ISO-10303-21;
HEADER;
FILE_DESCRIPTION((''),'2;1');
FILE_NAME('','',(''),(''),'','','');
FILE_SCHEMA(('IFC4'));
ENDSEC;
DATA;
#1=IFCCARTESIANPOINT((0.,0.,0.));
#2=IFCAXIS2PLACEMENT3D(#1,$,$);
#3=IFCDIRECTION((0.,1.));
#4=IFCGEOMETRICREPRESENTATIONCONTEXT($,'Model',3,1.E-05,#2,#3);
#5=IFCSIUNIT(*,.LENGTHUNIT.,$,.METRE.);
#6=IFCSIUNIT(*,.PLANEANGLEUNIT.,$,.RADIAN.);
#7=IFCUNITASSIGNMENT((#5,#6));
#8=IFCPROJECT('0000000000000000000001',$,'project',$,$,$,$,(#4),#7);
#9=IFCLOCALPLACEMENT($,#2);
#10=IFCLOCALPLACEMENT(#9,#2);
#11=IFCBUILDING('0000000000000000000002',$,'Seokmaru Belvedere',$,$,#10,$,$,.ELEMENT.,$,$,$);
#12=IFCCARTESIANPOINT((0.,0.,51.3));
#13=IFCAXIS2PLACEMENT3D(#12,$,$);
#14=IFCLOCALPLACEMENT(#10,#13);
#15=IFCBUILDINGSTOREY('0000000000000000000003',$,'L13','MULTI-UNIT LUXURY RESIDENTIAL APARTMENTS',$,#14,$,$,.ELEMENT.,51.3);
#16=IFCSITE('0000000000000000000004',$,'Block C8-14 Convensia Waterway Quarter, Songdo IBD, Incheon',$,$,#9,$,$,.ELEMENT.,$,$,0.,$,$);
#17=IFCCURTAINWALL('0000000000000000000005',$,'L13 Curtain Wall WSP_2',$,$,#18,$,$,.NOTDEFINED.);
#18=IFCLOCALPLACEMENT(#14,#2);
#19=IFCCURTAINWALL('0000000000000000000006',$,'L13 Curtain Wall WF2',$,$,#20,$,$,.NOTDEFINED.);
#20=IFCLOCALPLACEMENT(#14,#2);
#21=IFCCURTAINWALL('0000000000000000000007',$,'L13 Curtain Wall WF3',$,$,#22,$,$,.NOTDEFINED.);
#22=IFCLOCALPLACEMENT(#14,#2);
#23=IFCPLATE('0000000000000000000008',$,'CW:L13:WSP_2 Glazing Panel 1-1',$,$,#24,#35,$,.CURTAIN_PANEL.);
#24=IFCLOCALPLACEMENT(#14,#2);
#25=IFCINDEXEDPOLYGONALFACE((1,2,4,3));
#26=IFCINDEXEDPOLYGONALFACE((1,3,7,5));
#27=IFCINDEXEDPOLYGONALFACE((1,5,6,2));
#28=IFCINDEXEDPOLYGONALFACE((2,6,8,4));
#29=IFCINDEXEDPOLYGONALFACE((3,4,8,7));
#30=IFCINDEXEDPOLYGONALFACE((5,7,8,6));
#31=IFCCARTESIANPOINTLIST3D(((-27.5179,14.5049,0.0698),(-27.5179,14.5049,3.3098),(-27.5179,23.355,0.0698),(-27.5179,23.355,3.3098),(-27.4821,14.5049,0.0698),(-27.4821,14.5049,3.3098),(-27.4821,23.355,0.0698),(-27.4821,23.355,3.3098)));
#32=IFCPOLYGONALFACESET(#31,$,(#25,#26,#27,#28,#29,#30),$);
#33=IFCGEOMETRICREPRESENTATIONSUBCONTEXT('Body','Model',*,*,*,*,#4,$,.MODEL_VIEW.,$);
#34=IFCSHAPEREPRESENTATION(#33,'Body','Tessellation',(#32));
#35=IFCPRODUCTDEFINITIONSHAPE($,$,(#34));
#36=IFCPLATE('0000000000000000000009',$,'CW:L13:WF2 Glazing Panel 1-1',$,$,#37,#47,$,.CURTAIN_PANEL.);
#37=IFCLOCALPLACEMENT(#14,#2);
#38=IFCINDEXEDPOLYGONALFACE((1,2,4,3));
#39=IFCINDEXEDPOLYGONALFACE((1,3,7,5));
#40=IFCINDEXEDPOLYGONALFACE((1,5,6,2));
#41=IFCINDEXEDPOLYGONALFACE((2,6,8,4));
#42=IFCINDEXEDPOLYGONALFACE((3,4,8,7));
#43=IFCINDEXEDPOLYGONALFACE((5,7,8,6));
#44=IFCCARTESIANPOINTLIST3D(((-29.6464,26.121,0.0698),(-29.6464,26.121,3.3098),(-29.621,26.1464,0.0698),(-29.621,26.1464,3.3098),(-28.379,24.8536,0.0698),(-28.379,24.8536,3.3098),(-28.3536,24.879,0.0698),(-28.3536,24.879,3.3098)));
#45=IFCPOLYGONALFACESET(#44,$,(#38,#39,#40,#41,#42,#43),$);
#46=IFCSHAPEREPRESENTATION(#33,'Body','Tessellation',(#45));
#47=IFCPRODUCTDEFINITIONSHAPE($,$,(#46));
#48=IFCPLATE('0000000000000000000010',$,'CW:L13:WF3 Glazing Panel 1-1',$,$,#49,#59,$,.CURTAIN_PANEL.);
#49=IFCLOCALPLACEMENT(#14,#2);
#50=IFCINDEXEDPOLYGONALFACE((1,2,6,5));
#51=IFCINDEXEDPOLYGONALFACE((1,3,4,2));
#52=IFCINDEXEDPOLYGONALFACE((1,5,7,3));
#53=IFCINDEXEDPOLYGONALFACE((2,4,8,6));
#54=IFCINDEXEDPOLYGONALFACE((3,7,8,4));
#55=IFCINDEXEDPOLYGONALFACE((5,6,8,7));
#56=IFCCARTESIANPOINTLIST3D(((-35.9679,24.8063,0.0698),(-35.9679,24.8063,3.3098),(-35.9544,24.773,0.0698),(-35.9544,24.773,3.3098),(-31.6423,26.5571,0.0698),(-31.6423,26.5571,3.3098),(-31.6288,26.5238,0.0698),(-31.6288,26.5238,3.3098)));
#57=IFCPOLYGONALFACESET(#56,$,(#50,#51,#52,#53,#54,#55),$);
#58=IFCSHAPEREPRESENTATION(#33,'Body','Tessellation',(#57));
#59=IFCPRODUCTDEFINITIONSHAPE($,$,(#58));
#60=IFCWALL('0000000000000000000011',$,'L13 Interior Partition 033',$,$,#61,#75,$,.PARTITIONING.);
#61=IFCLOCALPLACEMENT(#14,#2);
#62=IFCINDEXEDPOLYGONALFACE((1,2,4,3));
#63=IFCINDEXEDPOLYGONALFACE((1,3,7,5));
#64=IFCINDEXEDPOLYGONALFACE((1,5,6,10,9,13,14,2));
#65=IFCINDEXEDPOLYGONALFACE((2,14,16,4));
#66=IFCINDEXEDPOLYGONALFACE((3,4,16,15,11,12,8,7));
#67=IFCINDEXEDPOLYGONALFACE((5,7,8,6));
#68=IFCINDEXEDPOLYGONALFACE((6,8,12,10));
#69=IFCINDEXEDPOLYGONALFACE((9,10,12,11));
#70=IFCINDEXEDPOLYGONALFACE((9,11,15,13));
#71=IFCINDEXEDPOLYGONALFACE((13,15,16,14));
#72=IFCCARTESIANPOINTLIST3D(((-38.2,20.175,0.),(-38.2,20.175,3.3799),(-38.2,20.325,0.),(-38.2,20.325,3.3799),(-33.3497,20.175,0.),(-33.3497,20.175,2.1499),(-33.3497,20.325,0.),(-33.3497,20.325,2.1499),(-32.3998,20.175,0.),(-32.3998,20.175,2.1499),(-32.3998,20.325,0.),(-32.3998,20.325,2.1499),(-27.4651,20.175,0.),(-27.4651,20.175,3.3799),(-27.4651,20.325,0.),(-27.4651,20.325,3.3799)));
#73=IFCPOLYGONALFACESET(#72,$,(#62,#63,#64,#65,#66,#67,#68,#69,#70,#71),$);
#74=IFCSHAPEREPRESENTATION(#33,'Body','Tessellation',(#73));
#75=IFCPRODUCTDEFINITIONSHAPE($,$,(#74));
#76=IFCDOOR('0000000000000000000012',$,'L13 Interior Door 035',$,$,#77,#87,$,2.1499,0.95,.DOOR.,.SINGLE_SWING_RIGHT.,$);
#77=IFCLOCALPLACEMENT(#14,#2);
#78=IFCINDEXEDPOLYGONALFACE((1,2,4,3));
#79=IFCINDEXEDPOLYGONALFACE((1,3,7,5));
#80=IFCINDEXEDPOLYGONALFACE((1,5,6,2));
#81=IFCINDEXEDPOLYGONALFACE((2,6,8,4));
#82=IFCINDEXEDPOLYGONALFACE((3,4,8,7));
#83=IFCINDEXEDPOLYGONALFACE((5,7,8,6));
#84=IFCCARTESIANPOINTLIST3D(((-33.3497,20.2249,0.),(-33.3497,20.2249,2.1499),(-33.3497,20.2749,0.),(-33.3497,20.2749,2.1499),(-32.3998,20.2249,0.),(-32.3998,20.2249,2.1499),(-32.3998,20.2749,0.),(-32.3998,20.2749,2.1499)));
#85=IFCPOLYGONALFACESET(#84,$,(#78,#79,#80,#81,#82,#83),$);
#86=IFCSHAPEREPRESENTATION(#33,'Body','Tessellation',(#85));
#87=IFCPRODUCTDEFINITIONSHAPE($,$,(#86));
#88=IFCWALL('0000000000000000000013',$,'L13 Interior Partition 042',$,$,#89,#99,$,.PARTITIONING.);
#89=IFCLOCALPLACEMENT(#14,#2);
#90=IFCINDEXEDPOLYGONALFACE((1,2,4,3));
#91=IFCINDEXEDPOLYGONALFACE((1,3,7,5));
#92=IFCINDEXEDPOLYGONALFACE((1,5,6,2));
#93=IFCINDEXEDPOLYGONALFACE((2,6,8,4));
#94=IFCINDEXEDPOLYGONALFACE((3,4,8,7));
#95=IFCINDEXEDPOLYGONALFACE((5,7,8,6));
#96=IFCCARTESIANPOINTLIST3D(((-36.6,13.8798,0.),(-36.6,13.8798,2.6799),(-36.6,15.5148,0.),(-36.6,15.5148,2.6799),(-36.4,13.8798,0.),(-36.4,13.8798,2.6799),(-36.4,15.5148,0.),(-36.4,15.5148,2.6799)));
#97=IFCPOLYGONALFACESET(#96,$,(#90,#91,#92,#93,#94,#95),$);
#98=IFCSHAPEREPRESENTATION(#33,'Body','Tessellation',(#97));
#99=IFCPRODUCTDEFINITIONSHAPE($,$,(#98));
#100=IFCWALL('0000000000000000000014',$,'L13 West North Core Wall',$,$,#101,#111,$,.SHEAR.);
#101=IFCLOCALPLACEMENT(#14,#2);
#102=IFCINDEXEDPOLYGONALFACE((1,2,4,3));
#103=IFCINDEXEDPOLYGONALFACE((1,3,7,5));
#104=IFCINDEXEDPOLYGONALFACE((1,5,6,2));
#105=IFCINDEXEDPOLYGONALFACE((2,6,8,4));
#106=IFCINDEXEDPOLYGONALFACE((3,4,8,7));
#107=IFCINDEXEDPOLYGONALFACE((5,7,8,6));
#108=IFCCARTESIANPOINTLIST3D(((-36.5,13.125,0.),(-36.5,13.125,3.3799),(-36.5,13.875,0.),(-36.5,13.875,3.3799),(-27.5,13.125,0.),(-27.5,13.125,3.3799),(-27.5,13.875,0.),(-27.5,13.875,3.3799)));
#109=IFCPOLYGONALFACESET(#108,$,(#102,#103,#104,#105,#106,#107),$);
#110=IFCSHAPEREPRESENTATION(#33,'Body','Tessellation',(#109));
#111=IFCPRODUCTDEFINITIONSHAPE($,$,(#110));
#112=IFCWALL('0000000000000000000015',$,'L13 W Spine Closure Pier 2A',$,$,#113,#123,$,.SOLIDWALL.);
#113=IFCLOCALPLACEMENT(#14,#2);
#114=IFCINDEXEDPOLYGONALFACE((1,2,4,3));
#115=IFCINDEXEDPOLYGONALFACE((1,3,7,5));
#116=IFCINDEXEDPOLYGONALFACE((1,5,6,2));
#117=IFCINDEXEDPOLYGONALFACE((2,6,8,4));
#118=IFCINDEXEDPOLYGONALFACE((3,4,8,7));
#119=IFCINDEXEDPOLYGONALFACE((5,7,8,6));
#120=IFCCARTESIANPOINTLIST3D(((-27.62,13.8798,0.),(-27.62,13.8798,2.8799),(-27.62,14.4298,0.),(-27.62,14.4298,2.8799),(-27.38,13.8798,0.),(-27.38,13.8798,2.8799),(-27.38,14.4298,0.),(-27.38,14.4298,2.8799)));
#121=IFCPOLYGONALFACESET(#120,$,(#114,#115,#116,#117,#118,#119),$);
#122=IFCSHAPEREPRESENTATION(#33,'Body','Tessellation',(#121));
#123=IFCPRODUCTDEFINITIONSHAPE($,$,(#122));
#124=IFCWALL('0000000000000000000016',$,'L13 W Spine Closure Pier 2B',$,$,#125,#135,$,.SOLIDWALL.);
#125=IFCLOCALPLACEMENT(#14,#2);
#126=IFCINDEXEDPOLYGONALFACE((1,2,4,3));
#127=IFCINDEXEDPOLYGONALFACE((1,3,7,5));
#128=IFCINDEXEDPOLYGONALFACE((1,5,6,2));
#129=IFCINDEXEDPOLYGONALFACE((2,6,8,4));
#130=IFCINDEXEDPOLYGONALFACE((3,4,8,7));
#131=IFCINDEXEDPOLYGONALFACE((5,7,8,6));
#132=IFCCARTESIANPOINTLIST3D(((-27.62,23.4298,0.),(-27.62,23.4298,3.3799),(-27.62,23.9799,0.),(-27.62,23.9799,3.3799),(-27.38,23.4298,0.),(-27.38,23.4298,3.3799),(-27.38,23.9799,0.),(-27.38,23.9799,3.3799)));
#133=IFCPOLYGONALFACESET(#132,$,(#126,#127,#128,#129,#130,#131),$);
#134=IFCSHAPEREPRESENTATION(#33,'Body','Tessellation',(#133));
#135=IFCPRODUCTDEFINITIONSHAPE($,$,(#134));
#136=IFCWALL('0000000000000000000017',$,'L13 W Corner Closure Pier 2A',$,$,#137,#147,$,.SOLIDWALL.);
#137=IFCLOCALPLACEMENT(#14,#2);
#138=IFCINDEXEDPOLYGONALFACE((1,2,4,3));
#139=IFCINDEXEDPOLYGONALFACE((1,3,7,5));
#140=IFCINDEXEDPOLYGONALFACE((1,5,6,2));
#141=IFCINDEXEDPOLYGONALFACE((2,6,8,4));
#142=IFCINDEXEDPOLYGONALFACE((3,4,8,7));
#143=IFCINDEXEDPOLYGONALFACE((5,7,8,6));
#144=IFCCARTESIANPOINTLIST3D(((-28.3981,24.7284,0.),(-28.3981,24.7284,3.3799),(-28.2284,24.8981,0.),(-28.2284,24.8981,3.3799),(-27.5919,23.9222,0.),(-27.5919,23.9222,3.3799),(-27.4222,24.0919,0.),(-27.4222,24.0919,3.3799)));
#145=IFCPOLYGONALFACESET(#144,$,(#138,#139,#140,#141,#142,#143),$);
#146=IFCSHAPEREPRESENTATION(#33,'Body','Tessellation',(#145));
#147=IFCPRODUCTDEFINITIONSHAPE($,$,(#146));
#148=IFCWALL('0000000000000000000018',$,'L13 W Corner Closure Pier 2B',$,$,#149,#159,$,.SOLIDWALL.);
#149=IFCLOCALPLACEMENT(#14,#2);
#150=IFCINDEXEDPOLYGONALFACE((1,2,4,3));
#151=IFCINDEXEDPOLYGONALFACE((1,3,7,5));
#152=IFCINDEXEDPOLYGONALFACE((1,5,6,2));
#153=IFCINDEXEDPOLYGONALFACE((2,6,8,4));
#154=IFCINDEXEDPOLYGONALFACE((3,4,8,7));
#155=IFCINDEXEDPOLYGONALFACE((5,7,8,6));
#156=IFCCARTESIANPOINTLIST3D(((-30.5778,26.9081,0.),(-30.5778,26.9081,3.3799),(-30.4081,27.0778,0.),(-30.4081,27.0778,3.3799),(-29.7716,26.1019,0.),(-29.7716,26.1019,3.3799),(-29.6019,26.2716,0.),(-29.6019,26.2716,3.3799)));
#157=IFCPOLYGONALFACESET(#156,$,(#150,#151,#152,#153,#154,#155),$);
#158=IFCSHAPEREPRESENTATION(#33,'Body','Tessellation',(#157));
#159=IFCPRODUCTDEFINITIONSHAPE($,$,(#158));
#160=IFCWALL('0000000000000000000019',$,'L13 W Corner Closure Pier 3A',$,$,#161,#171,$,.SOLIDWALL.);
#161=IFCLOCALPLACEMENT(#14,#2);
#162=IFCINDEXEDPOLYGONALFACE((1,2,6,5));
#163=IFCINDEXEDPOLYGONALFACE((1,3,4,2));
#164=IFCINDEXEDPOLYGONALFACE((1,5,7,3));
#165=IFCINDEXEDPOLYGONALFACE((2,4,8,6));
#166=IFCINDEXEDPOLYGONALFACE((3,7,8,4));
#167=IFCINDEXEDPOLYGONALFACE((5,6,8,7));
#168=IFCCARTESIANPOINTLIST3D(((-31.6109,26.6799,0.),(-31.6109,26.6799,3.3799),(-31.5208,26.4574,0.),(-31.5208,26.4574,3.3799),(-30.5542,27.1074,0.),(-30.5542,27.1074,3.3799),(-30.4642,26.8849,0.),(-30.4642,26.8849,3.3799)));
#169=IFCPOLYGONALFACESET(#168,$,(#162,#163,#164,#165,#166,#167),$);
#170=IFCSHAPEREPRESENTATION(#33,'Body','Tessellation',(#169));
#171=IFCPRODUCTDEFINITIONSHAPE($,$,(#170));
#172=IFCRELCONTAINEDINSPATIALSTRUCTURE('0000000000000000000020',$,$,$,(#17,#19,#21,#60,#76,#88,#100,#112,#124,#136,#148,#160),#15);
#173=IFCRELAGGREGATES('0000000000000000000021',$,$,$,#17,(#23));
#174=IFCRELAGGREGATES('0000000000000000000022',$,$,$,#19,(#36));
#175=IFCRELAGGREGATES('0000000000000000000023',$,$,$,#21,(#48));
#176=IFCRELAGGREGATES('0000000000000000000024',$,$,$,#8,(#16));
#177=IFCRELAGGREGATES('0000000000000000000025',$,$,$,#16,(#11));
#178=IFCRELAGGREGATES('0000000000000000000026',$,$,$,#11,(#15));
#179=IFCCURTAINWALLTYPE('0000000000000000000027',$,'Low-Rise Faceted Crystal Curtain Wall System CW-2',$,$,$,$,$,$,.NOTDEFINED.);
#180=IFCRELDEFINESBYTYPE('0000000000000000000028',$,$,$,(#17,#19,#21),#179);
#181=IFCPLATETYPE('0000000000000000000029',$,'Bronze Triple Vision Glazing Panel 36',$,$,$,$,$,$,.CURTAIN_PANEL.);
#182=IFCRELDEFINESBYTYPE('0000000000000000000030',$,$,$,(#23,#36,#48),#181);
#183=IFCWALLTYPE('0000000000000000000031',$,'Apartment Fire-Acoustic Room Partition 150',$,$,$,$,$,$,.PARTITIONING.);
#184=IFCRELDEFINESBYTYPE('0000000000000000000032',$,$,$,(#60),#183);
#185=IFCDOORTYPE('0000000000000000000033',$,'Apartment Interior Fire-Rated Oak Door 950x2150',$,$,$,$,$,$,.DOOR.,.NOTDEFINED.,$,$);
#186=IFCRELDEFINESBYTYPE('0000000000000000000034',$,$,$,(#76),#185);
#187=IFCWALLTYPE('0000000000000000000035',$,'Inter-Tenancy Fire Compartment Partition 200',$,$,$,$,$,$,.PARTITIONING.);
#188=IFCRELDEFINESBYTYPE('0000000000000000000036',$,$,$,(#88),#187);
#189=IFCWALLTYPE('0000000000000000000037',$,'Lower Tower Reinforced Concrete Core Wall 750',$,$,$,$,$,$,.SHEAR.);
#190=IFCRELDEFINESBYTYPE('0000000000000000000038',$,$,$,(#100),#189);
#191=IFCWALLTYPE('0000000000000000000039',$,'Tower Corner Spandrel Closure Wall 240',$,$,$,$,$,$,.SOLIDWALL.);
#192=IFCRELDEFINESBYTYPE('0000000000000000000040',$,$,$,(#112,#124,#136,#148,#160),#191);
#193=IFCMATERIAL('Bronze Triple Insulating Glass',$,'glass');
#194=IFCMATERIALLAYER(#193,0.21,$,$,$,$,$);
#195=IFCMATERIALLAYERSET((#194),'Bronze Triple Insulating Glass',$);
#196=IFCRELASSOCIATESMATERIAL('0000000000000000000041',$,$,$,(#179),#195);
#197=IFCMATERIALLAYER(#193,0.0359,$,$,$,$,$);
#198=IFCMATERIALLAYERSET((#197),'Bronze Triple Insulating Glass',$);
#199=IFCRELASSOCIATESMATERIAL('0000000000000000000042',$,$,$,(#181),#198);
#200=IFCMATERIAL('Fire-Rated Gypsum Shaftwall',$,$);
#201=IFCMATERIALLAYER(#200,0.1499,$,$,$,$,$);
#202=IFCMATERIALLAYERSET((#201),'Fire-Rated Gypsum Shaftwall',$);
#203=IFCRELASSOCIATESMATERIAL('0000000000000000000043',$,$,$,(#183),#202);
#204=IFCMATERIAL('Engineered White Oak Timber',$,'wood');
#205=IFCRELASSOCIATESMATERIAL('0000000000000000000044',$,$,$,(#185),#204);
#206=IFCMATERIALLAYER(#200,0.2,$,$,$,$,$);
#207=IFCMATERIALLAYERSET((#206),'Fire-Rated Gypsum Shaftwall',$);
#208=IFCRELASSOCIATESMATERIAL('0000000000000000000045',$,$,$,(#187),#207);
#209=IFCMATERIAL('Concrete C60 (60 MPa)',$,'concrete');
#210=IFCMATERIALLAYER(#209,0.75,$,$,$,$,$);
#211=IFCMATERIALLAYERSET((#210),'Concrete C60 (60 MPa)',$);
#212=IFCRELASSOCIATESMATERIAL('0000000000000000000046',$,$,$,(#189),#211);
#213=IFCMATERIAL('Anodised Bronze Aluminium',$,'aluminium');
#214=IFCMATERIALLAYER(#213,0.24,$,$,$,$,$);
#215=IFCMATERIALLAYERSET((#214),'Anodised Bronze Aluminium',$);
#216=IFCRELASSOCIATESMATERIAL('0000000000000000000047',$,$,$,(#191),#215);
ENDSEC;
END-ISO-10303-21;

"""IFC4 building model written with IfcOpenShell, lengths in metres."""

from ifc_helpers import new_model, si_unit, direction, frame, frame_2d, origin, origin_2d, place, context, subcontext, project, spatial, rectangle, extrude, source, transform, mapped, material, layer, layer_set, type_object, type_shapes, element, fill, aggregate, save


model = new_model("IFC4")

# Units and contexts
model_context = context("Model", 3, precision=1e-05, world=origin(), true_north=direction((0.0, 1.0)))
body_context = subcontext(model_context, "Body", "Model", "MODEL_VIEW")
ifc_project = project(units=[si_unit("LENGTHUNIT", "METRE"), si_unit("PLANEANGLEUNIT", "RADIAN")], contexts=[model_context])

# Site, building, storey
site_placement = place(None, origin())
site = spatial("IfcSite", under=ifc_project, at=site_placement, Name="Block C8-14 Convensia Waterway Quarter, Songdo IBD, Incheon", CompositionType="ELEMENT", RefElevation=0.0)
building_placement = place(site_placement, origin())
building = spatial("IfcBuilding", under=site, at=building_placement, Name="Seokmaru Belvedere", CompositionType="ELEMENT")
storey_placement = place(building_placement, frame((0.0, 0.0, 51.3)))
storey = spatial("IfcBuildingStorey", under=building, at=storey_placement, Name="L13", Description="MULTI-UNIT LUXURY RESIDENTIAL APARTMENTS", CompositionType="ELEMENT", Elevation=51.3)

# Curtain walls
ifc_material_1 = material(Name="Bronze Triple Insulating Glass", Category="glass")
ifc_layer_1 = layer(ifc_material_1, 0.21)
ifc_layer_set_1 = layer_set([ifc_layer_1], Name="Bronze Triple Insulating Glass")
curtain_wall_type = type_object("IfcCurtainWallType", Name="Low-Rise Faceted Crystal Curtain Wall System CW-2", PredefinedType="NOTDEFINED", material=ifc_layer_set_1)
curtain_wall_1_placement = place(storey_placement, origin())
curtain_wall_1 = element("IfcCurtainWall", 1, at=curtain_wall_1_placement, inside=storey, type_object=curtain_wall_type, Name="L13 Curtain Wall WSP_2", PredefinedType="NOTDEFINED")
ifc_material_2 = material(Name="Anodised Bronze Aluminium", Category="aluminium")
curtain_wall_2_placement = place(storey_placement, origin())
curtain_wall_2 = element("IfcCurtainWall", 2, at=curtain_wall_2_placement, inside=storey, type_object=curtain_wall_type, Name="L13 Curtain Wall WF2", PredefinedType="NOTDEFINED")
curtain_wall_3_placement = place(storey_placement, origin())
curtain_wall_3 = element("IfcCurtainWall", 3, at=curtain_wall_3_placement, inside=storey, type_object=curtain_wall_type, Name="L13 Curtain Wall WF3", PredefinedType="NOTDEFINED")

# Plates
ifc_layer_2 = layer(ifc_material_1, 0.0359)
ifc_layer_set_2 = layer_set([ifc_layer_2], Name="Bronze Triple Insulating Glass")
plate_type = type_object("IfcPlateType", Name="Bronze Triple Vision Glazing Panel 36", PredefinedType="CURTAIN_PANEL", material=ifc_layer_set_2)
shared_shape_1 = source(origin(), body_context, "Body", "SweptSolid", [
    extrude(rectangle(XDim=8.8501, YDim=0.0359, at=origin_2d()), origin(), (0.0, 0.0, 1.0), 3.24),
])
plate_1_placement = place(storey_placement, frame((-27.5, 18.9299, 0.0698), z_axis=(0.0, 0.0, 1.0), x_axis=(0.0, 1.0, 0.0)))
plate_1 = element("IfcPlate", 4, at=plate_1_placement, type_object=plate_type, Name="CW:L13:WSP_2 Glazing Panel 1-1", PredefinedType="CURTAIN_PANEL", context=body_context, shape_type="MappedRepresentation", body=[
    mapped(shared_shape_1, transform((0.0, 0.0, 0.0), scale=1.0)),
])
aggregate(curtain_wall_1, [plate_1])
shared_shape_2 = source(origin(), body_context, "Body", "SweptSolid", [
    extrude(rectangle(XDim=1.7925, YDim=0.0359, at=origin_2d()), origin(), (0.0, 0.0, 1.0), 3.24),
])
plate_2_placement = place(storey_placement, frame((-29.0, 25.5, 0.0698), z_axis=(0.0, 0.0, 1.0), x_axis=(-0.707107, 0.707107, 0.0)))
plate_2 = element("IfcPlate", 5, at=plate_2_placement, type_object=plate_type, Name="CW:L13:WF2 Glazing Panel 1-1", PredefinedType="CURTAIN_PANEL", context=body_context, shape_type="MappedRepresentation", body=[
    mapped(shared_shape_2, transform((0.0, 0.0, 0.0), scale=1.0)),
])
aggregate(curtain_wall_2, [plate_2])
shared_shape_3 = source(origin(), body_context, "Body", "SweptSolid", [
    extrude(rectangle(XDim=4.6665, YDim=0.0359, at=origin_2d()), origin(), (0.0, 0.0, 1.0), 3.24),
])
type_shapes(plate_type, [shared_shape_1, shared_shape_2, shared_shape_3])
plate_3_placement = place(storey_placement, frame((-33.7983, 25.665, 0.0698), z_axis=(0.0, 0.0, 1.0), x_axis=(-0.926947, -0.375192, 0.0)))
plate_3 = element("IfcPlate", 6, at=plate_3_placement, type_object=plate_type, Name="CW:L13:WF3 Glazing Panel 1-1", PredefinedType="CURTAIN_PANEL", context=body_context, shape_type="MappedRepresentation", body=[
    mapped(shared_shape_3, transform((0.0, 0.0, 0.0), scale=1.0)),
])
aggregate(curtain_wall_3, [plate_3])

# Wall, opening, door
ifc_material_3 = material(Name="Fire-Rated Gypsum Shaftwall")
ifc_layer_3 = layer(ifc_material_3, 0.1499)
ifc_layer_set_3 = layer_set([ifc_layer_3], Name="Fire-Rated Gypsum Shaftwall")
wall_type_1 = type_object("IfcWallType", Name="Apartment Fire-Acoustic Room Partition 150", PredefinedType="PARTITIONING", material=ifc_layer_set_3)
wall_1_placement = place(storey_placement, frame((-38.2, 20.25, 0.0), z_axis=(0.0, 0.0, 1.0), x_axis=(1.0, 0.0, 0.0)))
wall_1 = element("IfcWall", 7, at=wall_1_placement, inside=storey, type_object=wall_type_1, Name="L13 Interior Partition 033", PredefinedType="PARTITIONING", context=body_context, shape_type="SweptSolid", body=[
    extrude(rectangle(XDim=10.7349, YDim=0.1499, at=frame_2d((5.3674, 0.0))), origin(), (0.0, 0.0, 1.0), 3.3799),
])
opening_placement = place(wall_1_placement, frame((4.8501, 0.0, 0.0)))
opening = element("IfcOpeningElement", 8, at=opening_placement, cuts=wall_1, PredefinedType="OPENING", context=body_context, shape_type="SweptSolid", body=[
    extrude(rectangle(XDim=0.95, YDim=2.1499, at=frame_2d((0.4751, 1.075))), frame((0.0, 0.085, 0.0), z_axis=(0.0, -1.0, 0.0), x_axis=(1.0, 0.0, 0.0)), (0.0, 0.0, 1.0), 0.1699),
])
ifc_material_4 = material(Name="Engineered White Oak Timber", Category="wood")
door_type = type_object("IfcDoorType", Name="Apartment Interior Fire-Rated Oak Door 950x2150", OperationType="NOTDEFINED", PredefinedType="DOOR", material=ifc_material_4)
shared_shape_4 = source(origin(), body_context, "Body", "SweptSolid", [
    extrude(rectangle(XDim=0.95, YDim=2.1499, at=frame_2d((0.4751, 1.075))), frame((0.0, 0.0249, 0.0), z_axis=(0.0, -1.0, 0.0), x_axis=(1.0, 0.0, 0.0)), (0.0, 0.0, 1.0), 0.05),
])
type_shapes(door_type, [shared_shape_4])
door_placement = place(opening_placement, origin())
door = element("IfcDoor", 9, at=door_placement, inside=storey, type_object=door_type, Name="L13 Interior Door 035", OperationType="SINGLE_SWING_RIGHT", OverallHeight=2.1499, OverallWidth=0.95, PredefinedType="DOOR", context=body_context, shape_type="MappedRepresentation", body=[
    mapped(shared_shape_4, transform((0.0, 0.0, 0.0), scale=1.0)),
])
fill(opening, door)

# Walls
ifc_layer_4 = layer(ifc_material_3, 0.2)
ifc_layer_set_4 = layer_set([ifc_layer_4], Name="Fire-Rated Gypsum Shaftwall")
wall_type_2 = type_object("IfcWallType", Name="Inter-Tenancy Fire Compartment Partition 200", PredefinedType="PARTITIONING", material=ifc_layer_set_4)
wall_2_placement = place(storey_placement, frame((-36.5, 13.8799, 0.0), z_axis=(0.0, 0.0, 1.0), x_axis=(0.0, 1.0, 0.0)))
element("IfcWall", 10, at=wall_2_placement, inside=storey, type_object=wall_type_2, Name="L13 Interior Partition 042", PredefinedType="PARTITIONING", context=body_context, shape_type="SweptSolid", body=[
    extrude(rectangle(XDim=1.635, YDim=0.2, at=frame_2d((0.8174, 0.0))), origin(), (0.0, 0.0, 1.0), 2.6799),
])
ifc_material_5 = material(Name="Concrete C60 (60 MPa)", Category="concrete")
ifc_layer_5 = layer(ifc_material_5, 0.75)
ifc_layer_set_5 = layer_set([ifc_layer_5], Name="Concrete C60 (60 MPa)")
wall_type_3 = type_object("IfcWallType", Name="Lower Tower Reinforced Concrete Core Wall 750", PredefinedType="SHEAR", material=ifc_layer_set_5)
wall_3_placement = place(storey_placement, frame((-36.5, 13.5, 0.0), z_axis=(0.0, 0.0, 1.0), x_axis=(1.0, 0.0, 0.0)))
element("IfcWall", 11, at=wall_3_placement, inside=storey, type_object=wall_type_3, Name="L13 West North Core Wall", PredefinedType="SHEAR", context=body_context, shape_type="SweptSolid", body=[
    extrude(rectangle(XDim=9.0, YDim=0.75, at=frame_2d((4.5, 0.0))), origin(), (0.0, 0.0, 1.0), 3.3799),
])
ifc_layer_6 = layer(ifc_material_2, 0.24)
ifc_layer_set_6 = layer_set([ifc_layer_6], Name="Anodised Bronze Aluminium")
wall_type_4 = type_object("IfcWallType", Name="Tower Corner Spandrel Closure Wall 240", PredefinedType="SOLIDWALL", material=ifc_layer_set_6)
wall_4_placement = place(storey_placement, frame((-27.5, 13.8799, 0.0), z_axis=(0.0, 0.0, 1.0), x_axis=(0.0, 1.0, 0.0)))
element("IfcWall", 12, at=wall_4_placement, inside=storey, type_object=wall_type_4, Name="L13 W Spine Closure Pier 2A", PredefinedType="SOLIDWALL", context=body_context, shape_type="SweptSolid", body=[
    extrude(rectangle(XDim=0.55, YDim=0.24, at=frame_2d((0.2749, 0.0))), origin(), (0.0, 0.0, 1.0), 2.8799),
])
wall_5_placement = place(storey_placement, frame((-27.5, 23.4299, 0.0), z_axis=(0.0, 0.0, 1.0), x_axis=(0.0, 1.0, 0.0)))
element("IfcWall", 13, at=wall_5_placement, inside=storey, type_object=wall_type_4, Name="L13 W Spine Closure Pier 2B", PredefinedType="SOLIDWALL", context=body_context, shape_type="SweptSolid", body=[
    extrude(rectangle(XDim=0.55, YDim=0.24, at=frame_2d((0.2749, 0.0))), origin(), (0.0, 0.0, 1.0), 3.3799),
])
for number, where, z_axis, x_axis, name in (
    (14, (-27.5071, 24.0071, 0.0), (0.0, 0.0, 1.0), (-0.707107, 0.707107, 0.0), "L13 W Corner Closure Pier 2A"),
    (15, (-29.6868, 26.1868, 0.0), (0.0, 0.0, 1.0), (-0.707107, 0.707107, 0.0), "L13 W Corner Closure Pier 2B"),
):
    element("IfcWall", number, at=place(storey_placement, frame(where, z_axis=z_axis, x_axis=x_axis)), inside=storey, type_object=wall_type_4, Name=name, PredefinedType="SOLIDWALL", context=body_context, shape_type="SweptSolid", body=[
        extrude(rectangle(XDim=1.1401, YDim=0.24, at=frame_2d((0.5701, 0.0))), origin(), (0.0, 0.0, 1.0), 3.3799),
    ])
wall_6_placement = place(storey_placement, frame((-30.5093, 26.9961, 0.0), z_axis=(0.0, 0.0, 1.0), x_axis=(-0.927007, -0.375044, 0.0)))
element("IfcWall", 16, at=wall_6_placement, inside=storey, type_object=wall_type_4, Name="L13 W Corner Closure Pier 3A", PredefinedType="SOLIDWALL", context=body_context, shape_type="SweptSolid", body=[
    extrude(rectangle(XDim=1.1399, YDim=0.24, at=frame_2d((0.5698, 0.0))), origin(), (0.0, 0.0, 1.0), 3.3799),
])

save(model, "model.ifc")
